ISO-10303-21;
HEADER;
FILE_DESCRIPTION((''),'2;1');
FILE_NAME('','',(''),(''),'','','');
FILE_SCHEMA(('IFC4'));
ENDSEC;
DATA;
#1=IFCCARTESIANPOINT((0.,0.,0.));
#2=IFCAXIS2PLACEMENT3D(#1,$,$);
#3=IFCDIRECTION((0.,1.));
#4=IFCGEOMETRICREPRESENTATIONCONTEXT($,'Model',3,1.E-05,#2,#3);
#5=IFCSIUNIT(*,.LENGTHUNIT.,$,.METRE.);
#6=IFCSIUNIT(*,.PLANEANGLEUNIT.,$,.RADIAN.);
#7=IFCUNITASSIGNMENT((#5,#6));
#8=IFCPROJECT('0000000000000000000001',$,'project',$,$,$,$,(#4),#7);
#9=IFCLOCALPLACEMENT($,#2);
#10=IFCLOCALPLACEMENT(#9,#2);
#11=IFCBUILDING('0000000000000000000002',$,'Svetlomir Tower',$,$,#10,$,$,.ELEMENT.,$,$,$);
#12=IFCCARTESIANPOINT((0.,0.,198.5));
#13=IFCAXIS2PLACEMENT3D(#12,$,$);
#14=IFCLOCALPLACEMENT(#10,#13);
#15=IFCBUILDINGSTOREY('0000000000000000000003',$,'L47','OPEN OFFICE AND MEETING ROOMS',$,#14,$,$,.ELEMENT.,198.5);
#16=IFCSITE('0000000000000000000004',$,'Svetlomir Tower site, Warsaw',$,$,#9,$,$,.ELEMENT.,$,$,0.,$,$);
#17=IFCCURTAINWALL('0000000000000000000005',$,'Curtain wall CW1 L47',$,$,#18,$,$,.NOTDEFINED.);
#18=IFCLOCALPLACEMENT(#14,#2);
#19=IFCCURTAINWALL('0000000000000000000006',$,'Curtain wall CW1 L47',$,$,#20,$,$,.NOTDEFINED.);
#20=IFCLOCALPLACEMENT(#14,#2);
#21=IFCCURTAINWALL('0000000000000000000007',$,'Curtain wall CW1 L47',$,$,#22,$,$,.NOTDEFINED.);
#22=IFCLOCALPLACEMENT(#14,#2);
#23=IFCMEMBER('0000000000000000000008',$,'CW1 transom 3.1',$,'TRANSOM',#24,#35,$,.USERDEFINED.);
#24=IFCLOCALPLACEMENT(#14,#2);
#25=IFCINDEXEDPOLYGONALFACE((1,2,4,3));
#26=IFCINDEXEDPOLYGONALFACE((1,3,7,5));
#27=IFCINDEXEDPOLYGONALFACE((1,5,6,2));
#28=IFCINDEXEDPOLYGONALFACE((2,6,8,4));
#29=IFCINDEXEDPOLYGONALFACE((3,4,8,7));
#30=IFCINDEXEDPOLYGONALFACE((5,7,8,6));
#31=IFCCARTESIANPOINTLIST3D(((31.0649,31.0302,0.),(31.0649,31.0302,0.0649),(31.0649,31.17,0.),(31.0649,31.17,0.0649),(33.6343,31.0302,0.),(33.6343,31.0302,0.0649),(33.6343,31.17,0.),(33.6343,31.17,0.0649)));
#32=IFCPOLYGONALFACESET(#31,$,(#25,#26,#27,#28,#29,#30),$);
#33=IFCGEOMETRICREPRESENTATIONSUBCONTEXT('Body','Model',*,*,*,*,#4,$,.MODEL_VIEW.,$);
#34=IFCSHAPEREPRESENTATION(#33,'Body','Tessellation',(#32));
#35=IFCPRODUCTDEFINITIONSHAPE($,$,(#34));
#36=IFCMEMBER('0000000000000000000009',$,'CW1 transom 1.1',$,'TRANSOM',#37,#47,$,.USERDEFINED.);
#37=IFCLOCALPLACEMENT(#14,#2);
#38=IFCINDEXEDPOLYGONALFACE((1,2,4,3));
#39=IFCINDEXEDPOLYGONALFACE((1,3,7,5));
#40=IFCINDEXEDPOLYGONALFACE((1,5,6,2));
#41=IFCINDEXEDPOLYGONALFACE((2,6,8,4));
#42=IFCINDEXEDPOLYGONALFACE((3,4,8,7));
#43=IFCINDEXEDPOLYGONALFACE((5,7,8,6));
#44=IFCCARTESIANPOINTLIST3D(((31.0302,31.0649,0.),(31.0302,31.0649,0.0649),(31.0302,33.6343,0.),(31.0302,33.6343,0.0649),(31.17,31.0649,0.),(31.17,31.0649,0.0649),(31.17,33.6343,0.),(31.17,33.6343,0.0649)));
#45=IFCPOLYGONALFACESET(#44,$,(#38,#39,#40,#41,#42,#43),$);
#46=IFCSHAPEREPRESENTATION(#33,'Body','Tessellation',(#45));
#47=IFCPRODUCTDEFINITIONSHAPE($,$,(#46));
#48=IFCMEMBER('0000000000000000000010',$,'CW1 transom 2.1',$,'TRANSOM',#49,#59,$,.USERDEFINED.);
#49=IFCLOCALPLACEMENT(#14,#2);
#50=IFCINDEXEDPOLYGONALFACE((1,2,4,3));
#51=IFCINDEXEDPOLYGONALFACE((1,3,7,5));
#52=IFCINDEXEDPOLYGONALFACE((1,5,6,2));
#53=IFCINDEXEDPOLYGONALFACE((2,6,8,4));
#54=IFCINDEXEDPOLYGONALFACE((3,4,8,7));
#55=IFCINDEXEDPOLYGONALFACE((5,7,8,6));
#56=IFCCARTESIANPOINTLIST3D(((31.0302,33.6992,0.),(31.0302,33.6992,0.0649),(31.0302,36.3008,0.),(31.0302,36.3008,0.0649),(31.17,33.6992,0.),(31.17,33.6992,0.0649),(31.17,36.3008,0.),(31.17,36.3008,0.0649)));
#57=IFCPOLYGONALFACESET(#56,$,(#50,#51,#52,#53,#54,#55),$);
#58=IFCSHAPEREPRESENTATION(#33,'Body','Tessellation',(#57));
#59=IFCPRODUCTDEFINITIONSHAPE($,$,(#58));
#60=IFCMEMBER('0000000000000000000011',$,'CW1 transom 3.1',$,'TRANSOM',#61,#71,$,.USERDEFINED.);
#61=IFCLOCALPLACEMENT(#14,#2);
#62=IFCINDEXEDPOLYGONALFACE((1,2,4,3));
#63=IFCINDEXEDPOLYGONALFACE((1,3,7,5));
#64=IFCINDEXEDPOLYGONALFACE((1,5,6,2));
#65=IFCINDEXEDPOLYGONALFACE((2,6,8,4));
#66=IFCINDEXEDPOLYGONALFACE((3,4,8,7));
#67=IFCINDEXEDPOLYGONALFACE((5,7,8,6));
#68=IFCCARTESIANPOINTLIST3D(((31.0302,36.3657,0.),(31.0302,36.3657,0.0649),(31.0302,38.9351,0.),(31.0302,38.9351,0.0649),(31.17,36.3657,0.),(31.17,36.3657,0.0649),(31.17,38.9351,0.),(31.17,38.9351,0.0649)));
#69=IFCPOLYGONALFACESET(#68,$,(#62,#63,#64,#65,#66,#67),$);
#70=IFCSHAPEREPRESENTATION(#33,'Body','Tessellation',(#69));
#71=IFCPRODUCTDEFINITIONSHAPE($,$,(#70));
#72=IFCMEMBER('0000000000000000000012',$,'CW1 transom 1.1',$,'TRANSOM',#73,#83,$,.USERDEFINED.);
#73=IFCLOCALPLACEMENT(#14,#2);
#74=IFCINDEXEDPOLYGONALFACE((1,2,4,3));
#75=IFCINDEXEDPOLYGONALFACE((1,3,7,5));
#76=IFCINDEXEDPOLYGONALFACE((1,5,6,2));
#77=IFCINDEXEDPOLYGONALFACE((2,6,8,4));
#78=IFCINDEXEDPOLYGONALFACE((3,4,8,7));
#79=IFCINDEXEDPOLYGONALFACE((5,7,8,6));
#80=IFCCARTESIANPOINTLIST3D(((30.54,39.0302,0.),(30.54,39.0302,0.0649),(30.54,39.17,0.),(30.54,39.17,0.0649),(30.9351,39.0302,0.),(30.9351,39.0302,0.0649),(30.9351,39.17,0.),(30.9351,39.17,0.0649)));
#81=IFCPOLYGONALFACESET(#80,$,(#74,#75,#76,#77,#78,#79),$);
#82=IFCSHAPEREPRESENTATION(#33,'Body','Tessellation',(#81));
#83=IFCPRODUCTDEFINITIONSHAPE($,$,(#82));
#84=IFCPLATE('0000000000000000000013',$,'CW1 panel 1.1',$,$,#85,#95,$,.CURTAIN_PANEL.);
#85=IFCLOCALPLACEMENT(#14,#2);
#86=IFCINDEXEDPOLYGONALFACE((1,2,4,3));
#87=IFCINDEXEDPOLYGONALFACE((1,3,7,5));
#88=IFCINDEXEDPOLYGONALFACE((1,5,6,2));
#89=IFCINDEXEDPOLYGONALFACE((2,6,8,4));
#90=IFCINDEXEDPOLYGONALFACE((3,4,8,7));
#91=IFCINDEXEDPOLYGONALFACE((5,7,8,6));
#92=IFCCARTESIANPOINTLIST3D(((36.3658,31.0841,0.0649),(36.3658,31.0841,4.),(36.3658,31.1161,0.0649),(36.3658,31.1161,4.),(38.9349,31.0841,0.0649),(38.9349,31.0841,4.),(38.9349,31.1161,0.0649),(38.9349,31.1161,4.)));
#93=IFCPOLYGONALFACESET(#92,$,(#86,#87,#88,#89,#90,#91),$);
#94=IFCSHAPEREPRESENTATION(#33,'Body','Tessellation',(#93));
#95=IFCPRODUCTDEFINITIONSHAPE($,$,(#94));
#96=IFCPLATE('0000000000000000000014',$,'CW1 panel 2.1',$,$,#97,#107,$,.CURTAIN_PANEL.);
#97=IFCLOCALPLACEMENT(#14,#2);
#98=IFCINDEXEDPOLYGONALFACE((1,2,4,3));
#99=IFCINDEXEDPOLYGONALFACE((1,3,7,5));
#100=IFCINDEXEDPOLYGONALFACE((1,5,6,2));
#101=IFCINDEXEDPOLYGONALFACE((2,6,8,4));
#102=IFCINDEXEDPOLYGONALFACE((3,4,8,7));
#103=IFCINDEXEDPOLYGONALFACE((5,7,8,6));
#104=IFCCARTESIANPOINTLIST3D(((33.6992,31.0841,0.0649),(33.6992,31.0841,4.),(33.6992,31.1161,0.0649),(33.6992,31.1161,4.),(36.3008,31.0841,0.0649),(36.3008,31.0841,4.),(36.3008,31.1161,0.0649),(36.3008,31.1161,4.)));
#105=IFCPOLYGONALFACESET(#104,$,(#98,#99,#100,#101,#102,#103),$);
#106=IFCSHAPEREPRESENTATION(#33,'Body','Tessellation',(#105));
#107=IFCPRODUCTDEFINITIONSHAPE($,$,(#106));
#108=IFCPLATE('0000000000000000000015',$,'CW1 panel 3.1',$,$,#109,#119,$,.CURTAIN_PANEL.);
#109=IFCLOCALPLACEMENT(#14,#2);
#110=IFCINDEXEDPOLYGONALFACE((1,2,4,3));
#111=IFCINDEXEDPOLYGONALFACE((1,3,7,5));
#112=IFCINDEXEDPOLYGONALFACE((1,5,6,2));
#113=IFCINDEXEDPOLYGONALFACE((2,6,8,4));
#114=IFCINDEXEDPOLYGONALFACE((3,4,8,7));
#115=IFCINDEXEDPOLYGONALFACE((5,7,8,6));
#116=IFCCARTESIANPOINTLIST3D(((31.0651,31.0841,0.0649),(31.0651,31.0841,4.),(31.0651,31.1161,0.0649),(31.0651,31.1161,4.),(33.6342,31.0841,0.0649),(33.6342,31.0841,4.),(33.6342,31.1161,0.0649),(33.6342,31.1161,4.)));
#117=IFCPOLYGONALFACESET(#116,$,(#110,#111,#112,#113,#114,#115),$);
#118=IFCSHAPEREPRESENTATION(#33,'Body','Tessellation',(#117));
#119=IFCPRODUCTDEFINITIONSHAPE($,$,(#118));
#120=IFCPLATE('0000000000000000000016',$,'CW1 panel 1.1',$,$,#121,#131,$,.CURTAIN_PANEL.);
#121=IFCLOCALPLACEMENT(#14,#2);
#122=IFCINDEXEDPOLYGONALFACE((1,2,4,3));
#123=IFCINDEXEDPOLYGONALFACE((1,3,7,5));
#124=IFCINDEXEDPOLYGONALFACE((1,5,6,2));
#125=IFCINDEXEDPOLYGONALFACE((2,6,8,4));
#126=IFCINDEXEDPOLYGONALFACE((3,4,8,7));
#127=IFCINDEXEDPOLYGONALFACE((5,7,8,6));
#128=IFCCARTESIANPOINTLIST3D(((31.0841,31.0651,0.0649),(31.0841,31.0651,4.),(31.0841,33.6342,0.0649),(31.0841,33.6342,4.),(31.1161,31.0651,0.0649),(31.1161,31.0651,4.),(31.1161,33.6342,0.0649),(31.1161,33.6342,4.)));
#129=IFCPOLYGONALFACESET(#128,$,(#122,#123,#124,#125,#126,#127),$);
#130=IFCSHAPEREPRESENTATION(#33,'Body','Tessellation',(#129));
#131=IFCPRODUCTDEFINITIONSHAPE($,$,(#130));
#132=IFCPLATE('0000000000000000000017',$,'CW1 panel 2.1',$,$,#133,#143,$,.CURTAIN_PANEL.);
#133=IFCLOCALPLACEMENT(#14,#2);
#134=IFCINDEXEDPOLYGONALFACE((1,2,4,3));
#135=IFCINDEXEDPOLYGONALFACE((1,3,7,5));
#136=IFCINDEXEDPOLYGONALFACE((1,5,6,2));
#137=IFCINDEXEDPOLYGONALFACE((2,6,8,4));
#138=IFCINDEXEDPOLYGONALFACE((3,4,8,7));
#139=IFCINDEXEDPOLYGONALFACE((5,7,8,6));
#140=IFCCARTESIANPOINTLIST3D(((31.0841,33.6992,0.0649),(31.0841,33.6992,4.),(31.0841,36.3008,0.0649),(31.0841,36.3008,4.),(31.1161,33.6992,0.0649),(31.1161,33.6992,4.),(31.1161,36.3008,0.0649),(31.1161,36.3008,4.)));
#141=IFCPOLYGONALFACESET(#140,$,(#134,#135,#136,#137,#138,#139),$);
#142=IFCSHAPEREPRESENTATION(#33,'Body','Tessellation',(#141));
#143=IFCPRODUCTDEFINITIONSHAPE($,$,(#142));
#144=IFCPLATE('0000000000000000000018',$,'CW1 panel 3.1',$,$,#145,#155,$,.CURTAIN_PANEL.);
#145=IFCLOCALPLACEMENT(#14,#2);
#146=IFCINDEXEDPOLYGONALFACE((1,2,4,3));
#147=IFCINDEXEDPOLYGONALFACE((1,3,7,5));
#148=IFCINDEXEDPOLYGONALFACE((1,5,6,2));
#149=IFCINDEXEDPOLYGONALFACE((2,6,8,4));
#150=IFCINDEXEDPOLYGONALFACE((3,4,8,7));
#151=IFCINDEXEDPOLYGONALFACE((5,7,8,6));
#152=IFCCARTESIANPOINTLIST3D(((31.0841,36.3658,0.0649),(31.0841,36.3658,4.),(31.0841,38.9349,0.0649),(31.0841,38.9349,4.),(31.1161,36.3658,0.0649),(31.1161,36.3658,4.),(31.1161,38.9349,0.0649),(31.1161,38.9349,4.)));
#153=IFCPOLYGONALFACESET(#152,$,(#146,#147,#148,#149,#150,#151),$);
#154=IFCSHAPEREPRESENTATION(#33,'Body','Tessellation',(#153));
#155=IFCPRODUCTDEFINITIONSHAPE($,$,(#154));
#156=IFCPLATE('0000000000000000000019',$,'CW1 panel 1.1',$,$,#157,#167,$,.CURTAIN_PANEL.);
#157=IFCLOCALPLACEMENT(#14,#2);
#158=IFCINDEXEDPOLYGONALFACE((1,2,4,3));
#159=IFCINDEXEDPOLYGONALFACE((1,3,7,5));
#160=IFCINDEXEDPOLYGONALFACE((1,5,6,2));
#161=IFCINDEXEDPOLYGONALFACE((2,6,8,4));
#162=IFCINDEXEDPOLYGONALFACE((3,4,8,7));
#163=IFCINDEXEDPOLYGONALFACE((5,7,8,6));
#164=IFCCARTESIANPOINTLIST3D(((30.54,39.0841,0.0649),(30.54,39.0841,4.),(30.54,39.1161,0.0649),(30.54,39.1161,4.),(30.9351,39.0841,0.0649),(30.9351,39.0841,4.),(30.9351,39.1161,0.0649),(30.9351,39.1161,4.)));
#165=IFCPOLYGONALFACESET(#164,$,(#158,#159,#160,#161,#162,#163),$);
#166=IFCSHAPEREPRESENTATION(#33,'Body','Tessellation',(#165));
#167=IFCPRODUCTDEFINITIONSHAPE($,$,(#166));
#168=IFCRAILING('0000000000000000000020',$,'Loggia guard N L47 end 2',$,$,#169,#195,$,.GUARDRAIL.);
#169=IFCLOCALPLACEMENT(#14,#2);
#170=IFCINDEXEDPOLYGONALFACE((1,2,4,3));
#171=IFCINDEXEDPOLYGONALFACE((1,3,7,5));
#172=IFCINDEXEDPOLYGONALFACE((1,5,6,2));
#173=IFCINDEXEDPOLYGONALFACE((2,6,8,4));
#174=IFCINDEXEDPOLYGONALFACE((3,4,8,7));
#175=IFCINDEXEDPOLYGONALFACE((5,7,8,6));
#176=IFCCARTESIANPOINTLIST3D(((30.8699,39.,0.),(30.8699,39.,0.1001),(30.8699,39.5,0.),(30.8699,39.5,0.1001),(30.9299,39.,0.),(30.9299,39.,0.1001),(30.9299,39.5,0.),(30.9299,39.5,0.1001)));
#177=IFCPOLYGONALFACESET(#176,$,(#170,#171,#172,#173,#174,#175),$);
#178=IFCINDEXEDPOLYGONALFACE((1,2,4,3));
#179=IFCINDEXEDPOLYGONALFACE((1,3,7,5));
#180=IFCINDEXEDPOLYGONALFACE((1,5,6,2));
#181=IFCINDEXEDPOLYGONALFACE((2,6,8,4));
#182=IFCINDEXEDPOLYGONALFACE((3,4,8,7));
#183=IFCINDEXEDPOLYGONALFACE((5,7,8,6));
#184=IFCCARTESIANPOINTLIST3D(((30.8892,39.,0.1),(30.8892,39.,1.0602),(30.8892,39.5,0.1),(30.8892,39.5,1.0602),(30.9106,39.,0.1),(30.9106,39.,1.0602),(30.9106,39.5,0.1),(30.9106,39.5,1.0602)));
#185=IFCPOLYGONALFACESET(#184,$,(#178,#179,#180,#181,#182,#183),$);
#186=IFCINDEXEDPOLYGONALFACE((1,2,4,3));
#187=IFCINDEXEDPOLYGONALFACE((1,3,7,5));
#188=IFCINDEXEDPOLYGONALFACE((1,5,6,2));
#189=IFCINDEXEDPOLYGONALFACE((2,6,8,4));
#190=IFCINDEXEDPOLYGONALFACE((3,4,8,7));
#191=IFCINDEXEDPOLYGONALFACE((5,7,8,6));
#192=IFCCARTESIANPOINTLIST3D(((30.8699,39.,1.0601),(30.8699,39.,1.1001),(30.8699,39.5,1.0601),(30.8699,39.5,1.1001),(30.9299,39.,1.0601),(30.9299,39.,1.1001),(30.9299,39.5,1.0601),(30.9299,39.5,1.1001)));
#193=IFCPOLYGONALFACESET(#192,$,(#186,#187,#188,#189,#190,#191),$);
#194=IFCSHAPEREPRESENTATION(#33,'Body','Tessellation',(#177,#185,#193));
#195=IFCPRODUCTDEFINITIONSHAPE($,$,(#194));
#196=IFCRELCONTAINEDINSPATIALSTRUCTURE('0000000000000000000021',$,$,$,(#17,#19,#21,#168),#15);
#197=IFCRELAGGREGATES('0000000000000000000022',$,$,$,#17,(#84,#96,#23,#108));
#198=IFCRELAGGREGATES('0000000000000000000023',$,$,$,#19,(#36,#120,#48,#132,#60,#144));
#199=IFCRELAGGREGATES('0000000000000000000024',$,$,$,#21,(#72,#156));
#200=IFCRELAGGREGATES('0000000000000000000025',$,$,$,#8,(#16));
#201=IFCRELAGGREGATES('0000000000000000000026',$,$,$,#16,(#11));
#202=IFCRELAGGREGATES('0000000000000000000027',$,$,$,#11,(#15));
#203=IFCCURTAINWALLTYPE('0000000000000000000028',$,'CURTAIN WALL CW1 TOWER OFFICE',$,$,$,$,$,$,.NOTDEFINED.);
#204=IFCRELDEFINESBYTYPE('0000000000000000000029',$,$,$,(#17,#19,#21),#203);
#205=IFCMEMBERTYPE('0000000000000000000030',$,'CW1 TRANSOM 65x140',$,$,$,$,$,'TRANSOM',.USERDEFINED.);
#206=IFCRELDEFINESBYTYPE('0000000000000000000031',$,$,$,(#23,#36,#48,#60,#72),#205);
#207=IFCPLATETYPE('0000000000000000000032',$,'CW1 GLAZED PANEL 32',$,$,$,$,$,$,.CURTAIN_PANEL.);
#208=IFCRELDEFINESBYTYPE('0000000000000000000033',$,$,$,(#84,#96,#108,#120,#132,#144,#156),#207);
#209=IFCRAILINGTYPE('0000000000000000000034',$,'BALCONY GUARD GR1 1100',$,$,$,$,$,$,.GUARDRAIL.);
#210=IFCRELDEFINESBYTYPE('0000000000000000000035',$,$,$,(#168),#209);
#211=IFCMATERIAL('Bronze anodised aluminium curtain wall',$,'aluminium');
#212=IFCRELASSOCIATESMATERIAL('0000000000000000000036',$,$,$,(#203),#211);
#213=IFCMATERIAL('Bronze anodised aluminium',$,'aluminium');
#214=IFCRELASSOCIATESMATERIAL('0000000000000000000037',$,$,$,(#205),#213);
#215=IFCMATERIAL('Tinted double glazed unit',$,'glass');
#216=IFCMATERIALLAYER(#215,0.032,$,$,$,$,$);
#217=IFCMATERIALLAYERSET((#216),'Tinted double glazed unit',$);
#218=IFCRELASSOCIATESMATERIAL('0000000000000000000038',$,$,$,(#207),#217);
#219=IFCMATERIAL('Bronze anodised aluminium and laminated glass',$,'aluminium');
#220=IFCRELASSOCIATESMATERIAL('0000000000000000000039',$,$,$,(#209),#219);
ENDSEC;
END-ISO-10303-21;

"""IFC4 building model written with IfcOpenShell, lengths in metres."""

from ifc_helpers import new_model, si_unit, direction, frame, origin, origin_2d, place, context, subcontext, project, spatial, rectangle, extrude, material, layer, layer_set, material_profile, profile_set, type_object, element, aggregate, save


model = new_model("IFC4")

# Units and contexts
model_context = context("Model", 3, precision=1e-05, world=origin(), true_north=direction((0.0, 1.0)))
body_context = subcontext(model_context, "Body", "Model", "MODEL_VIEW")
ifc_project = project(units=[si_unit("LENGTHUNIT", "METRE"), si_unit("PLANEANGLEUNIT", "RADIAN")], contexts=[model_context])

# Site, building, storey
site_placement = place(None, origin())
site = spatial("IfcSite", under=ifc_project, at=site_placement, Name="Svetlomir Tower site, Warsaw", CompositionType="ELEMENT", RefElevation=0.0)
building_placement = place(site_placement, origin())
building = spatial("IfcBuilding", under=site, at=building_placement, Name="Svetlomir Tower", CompositionType="ELEMENT")
storey_placement = place(building_placement, frame((0.0, 0.0, 198.5)))
storey = spatial("IfcBuildingStorey", under=building, at=storey_placement, Name="L47", Description="OPEN OFFICE AND MEETING ROOMS", CompositionType="ELEMENT", Elevation=198.5)

# Curtain walls
ifc_material_1 = material(Name="Bronze anodised aluminium curtain wall", Category="aluminium")
curtain_wall_type = type_object("IfcCurtainWallType", Name="CURTAIN WALL CW1 TOWER OFFICE", PredefinedType="NOTDEFINED", material=ifc_material_1)
curtain_wall_1_placement = place(storey_placement, origin())
curtain_wall_1 = element("IfcCurtainWall", 1, at=curtain_wall_1_placement, inside=storey, type_object=curtain_wall_type, Name="Curtain wall CW1 L47", PredefinedType="NOTDEFINED")
curtain_wall_2_placement = place(storey_placement, origin())
curtain_wall_2 = element("IfcCurtainWall", 2, at=curtain_wall_2_placement, inside=storey, type_object=curtain_wall_type, Name="Curtain wall CW1 L47", PredefinedType="NOTDEFINED")

# Curtain wall
curtain_wall_3_placement = place(storey_placement, origin())
curtain_wall_3 = element("IfcCurtainWall", 3, at=curtain_wall_3_placement, inside=storey, type_object=curtain_wall_type, Name="Curtain wall CW1 L47", PredefinedType="NOTDEFINED")

# Members
ifc_material_2 = material(Name="Bronze anodised aluminium", Category="aluminium")
ifc_material_profile_1 = material_profile(ifc_material_2, rectangle(XDim=0.1399, YDim=0.0649, at=origin_2d()), Name="AL 140x65")
ifc_profile_set_1 = profile_set([ifc_material_profile_1], Name="Bronze anodised aluminium 6063-T6")
member_type_1 = type_object("IfcMemberType", Name="CW1 TRANSOM 65x140", ElementType="TRANSOM", PredefinedType="USERDEFINED", material=ifc_profile_set_1)
member_1_placement = place(storey_placement, frame((33.6343, 31.1001, 0.0325), z_axis=(-1.0, 0.0, 0.0), x_axis=(0.0, -1.0, 0.0)))
member_1 = element("IfcMember", 4, at=member_1_placement, type_object=member_type_1, Name="CW1 transom 3.1", ObjectType="TRANSOM", PredefinedType="USERDEFINED", context=body_context, shape_type="SweptSolid", body=[
    extrude(rectangle(XDim=0.1399, YDim=0.0649, at=origin_2d()), origin(), (0.0, 0.0, 1.0), 2.5693),
])
member_2_placement = place(storey_placement, frame((31.1001, 31.0649, 0.0325), z_axis=(0.0, 1.0, 0.0), x_axis=(-1.0, 0.0, 0.0)))
member_2 = element("IfcMember", 5, at=member_2_placement, type_object=member_type_1, Name="CW1 transom 1.1", ObjectType="TRANSOM", PredefinedType="USERDEFINED", context=body_context, shape_type="SweptSolid", body=[
    extrude(rectangle(XDim=0.1399, YDim=0.0649, at=origin_2d()), origin(), (0.0, 0.0, 1.0), 2.5693),
])
member_3_placement = place(storey_placement, frame((31.1001, 33.6992, 0.0325), z_axis=(0.0, 1.0, 0.0), x_axis=(-1.0, 0.0, 0.0)))
member_3 = element("IfcMember", 6, at=member_3_placement, type_object=member_type_1, Name="CW1 transom 2.1", ObjectType="TRANSOM", PredefinedType="USERDEFINED", context=body_context, shape_type="SweptSolid", body=[
    extrude(rectangle(XDim=0.1399, YDim=0.0649, at=origin_2d()), origin(), (0.0, 0.0, 1.0), 2.6016),
])
member_4_placement = place(storey_placement, frame((31.1001, 36.3657, 0.0325), z_axis=(0.0, 1.0, 0.0), x_axis=(-1.0, 0.0, 0.0)))
member_4 = element("IfcMember", 7, at=member_4_placement, type_object=member_type_1, Name="CW1 transom 3.1", ObjectType="TRANSOM", PredefinedType="USERDEFINED", context=body_context, shape_type="SweptSolid", body=[
    extrude(rectangle(XDim=0.1399, YDim=0.0649, at=origin_2d()), origin(), (0.0, 0.0, 1.0), 2.5693),
])
member_5_placement = place(storey_placement, frame((30.9351, 39.1001, 0.0325), z_axis=(-1.0, 0.0, 0.0), x_axis=(0.0, -1.0, 0.0)))
member_5 = element("IfcMember", 8, at=member_5_placement, type_object=member_type_1, Name="CW1 transom 1.1", ObjectType="TRANSOM", PredefinedType="USERDEFINED", context=body_context, shape_type="SweptSolid", body=[
    extrude(rectangle(XDim=0.1399, YDim=0.0649, at=origin_2d()), origin(), (0.0, 0.0, 1.0), 0.395),
])

# Plates
ifc_material_3 = material(Name="Tinted double glazed unit", Category="glass")
ifc_layer = layer(ifc_material_3, 0.032)
ifc_layer_set = layer_set([ifc_layer], Name="Tinted double glazed unit")
plate_type = type_object("IfcPlateType", Name="CW1 GLAZED PANEL 32", PredefinedType="CURTAIN_PANEL", material=ifc_layer_set)
plate_1_placement = place(storey_placement, frame((37.6504, 31.1001, 0.0649), z_axis=(0.0, 0.0, 1.0), x_axis=(-1.0, 0.0, 0.0)))
plate_1 = element("IfcPlate", 9, at=plate_1_placement, type_object=plate_type, Name="CW1 panel 1.1", PredefinedType="CURTAIN_PANEL", context=body_context, shape_type="SweptSolid", body=[
    extrude(rectangle(XDim=2.5691, YDim=0.032, at=origin_2d()), origin(), (0.0, 0.0, 1.0), 3.9351),
])
plate_2_placement = place(storey_placement, frame((35.0, 31.1001, 0.0649), z_axis=(0.0, 0.0, 1.0), x_axis=(-1.0, 0.0, 0.0)))
plate_2 = element("IfcPlate", 10, at=plate_2_placement, type_object=plate_type, Name="CW1 panel 2.1", PredefinedType="CURTAIN_PANEL", context=body_context, shape_type="SweptSolid", body=[
    extrude(rectangle(XDim=2.6016, YDim=0.032, at=origin_2d()), origin(), (0.0, 0.0, 1.0), 3.9351),
])
plate_3_placement = place(storey_placement, frame((32.3496, 31.1001, 0.0649), z_axis=(0.0, 0.0, 1.0), x_axis=(-1.0, 0.0, 0.0)))
plate_3 = element("IfcPlate", 11, at=plate_3_placement, type_object=plate_type, Name="CW1 panel 3.1", PredefinedType="CURTAIN_PANEL", context=body_context, shape_type="SweptSolid", body=[
    extrude(rectangle(XDim=2.5691, YDim=0.032, at=origin_2d()), origin(), (0.0, 0.0, 1.0), 3.9351),
])
aggregate(curtain_wall_1, [plate_1, plate_2, member_1, plate_3])
plate_4_placement = place(storey_placement, frame((31.1001, 32.3496, 0.0649), z_axis=(0.0, 0.0, 1.0), x_axis=(0.0, 1.0, 0.0)))
plate_4 = element("IfcPlate", 12, at=plate_4_placement, type_object=plate_type, Name="CW1 panel 1.1", PredefinedType="CURTAIN_PANEL", context=body_context, shape_type="SweptSolid", body=[
    extrude(rectangle(XDim=2.5691, YDim=0.032, at=origin_2d()), origin(), (0.0, 0.0, 1.0), 3.9351),
])
plate_5_placement = place(storey_placement, frame((31.1001, 35.0, 0.0649), z_axis=(0.0, 0.0, 1.0), x_axis=(0.0, 1.0, 0.0)))
plate_5 = element("IfcPlate", 13, at=plate_5_placement, type_object=plate_type, Name="CW1 panel 2.1", PredefinedType="CURTAIN_PANEL", context=body_context, shape_type="SweptSolid", body=[
    extrude(rectangle(XDim=2.6016, YDim=0.032, at=origin_2d()), origin(), (0.0, 0.0, 1.0), 3.9351),
])
plate_6_placement = place(storey_placement, frame((31.1001, 37.6504, 0.0649), z_axis=(0.0, 0.0, 1.0), x_axis=(0.0, 1.0, 0.0)))
plate_6 = element("IfcPlate", 14, at=plate_6_placement, type_object=plate_type, Name="CW1 panel 3.1", PredefinedType="CURTAIN_PANEL", context=body_context, shape_type="SweptSolid", body=[
    extrude(rectangle(XDim=2.5691, YDim=0.032, at=origin_2d()), origin(), (0.0, 0.0, 1.0), 3.9351),
])
aggregate(curtain_wall_2, [member_2, plate_4, member_3, plate_5, member_4, plate_6])
plate_7_placement = place(storey_placement, frame((30.7375, 39.1001, 0.0649), z_axis=(0.0, 0.0, 1.0), x_axis=(-1.0, 0.0, 0.0)))
plate_7 = element("IfcPlate", 15, at=plate_7_placement, type_object=plate_type, Name="CW1 panel 1.1", PredefinedType="CURTAIN_PANEL", context=body_context, shape_type="SweptSolid", body=[
    extrude(rectangle(XDim=0.395, YDim=0.032, at=origin_2d()), origin(), (0.0, 0.0, 1.0), 3.9351),
])
aggregate(curtain_wall_3, [member_5, plate_7])

# Railing
ifc_material_4 = material(Name="Bronze anodised aluminium and laminated glass", Category="aluminium")
railing_type = type_object("IfcRailingType", Name="BALCONY GUARD GR1 1100", PredefinedType="GUARDRAIL", material=ifc_material_4)
railing_placement = place(storey_placement, frame((30.8999, 39.5, 0.0)))
element("IfcRailing", 16, at=railing_placement, inside=storey, type_object=railing_type, Name="Loggia guard N L47 end 2", PredefinedType="GUARDRAIL", context=body_context, shape_type="SweptSolid", body=[
    extrude(rectangle(XDim=0.0601, YDim=0.1001, at=origin_2d()), frame((0.0, 0.0, 0.05), z_axis=(0.0, -1.0, 0.0), x_axis=(1.0, 0.0, 0.0)), (0.0, 0.0, 1.0), 0.5),
    extrude(rectangle(XDim=0.0215, YDim=0.9602, at=origin_2d()), frame((0.0, 0.0, 0.5801), z_axis=(0.0, -1.0, 0.0), x_axis=(1.0, 0.0, 0.0)), (0.0, 0.0, 1.0), 0.5),
    extrude(rectangle(XDim=0.0601, YDim=0.04, at=origin_2d()), frame((0.0, 0.0, 1.0801), z_axis=(0.0, -1.0, 0.0), x_axis=(1.0, 0.0, 0.0)), (0.0, 0.0, 1.0), 0.5),
])

save(model, "model.ifc")
